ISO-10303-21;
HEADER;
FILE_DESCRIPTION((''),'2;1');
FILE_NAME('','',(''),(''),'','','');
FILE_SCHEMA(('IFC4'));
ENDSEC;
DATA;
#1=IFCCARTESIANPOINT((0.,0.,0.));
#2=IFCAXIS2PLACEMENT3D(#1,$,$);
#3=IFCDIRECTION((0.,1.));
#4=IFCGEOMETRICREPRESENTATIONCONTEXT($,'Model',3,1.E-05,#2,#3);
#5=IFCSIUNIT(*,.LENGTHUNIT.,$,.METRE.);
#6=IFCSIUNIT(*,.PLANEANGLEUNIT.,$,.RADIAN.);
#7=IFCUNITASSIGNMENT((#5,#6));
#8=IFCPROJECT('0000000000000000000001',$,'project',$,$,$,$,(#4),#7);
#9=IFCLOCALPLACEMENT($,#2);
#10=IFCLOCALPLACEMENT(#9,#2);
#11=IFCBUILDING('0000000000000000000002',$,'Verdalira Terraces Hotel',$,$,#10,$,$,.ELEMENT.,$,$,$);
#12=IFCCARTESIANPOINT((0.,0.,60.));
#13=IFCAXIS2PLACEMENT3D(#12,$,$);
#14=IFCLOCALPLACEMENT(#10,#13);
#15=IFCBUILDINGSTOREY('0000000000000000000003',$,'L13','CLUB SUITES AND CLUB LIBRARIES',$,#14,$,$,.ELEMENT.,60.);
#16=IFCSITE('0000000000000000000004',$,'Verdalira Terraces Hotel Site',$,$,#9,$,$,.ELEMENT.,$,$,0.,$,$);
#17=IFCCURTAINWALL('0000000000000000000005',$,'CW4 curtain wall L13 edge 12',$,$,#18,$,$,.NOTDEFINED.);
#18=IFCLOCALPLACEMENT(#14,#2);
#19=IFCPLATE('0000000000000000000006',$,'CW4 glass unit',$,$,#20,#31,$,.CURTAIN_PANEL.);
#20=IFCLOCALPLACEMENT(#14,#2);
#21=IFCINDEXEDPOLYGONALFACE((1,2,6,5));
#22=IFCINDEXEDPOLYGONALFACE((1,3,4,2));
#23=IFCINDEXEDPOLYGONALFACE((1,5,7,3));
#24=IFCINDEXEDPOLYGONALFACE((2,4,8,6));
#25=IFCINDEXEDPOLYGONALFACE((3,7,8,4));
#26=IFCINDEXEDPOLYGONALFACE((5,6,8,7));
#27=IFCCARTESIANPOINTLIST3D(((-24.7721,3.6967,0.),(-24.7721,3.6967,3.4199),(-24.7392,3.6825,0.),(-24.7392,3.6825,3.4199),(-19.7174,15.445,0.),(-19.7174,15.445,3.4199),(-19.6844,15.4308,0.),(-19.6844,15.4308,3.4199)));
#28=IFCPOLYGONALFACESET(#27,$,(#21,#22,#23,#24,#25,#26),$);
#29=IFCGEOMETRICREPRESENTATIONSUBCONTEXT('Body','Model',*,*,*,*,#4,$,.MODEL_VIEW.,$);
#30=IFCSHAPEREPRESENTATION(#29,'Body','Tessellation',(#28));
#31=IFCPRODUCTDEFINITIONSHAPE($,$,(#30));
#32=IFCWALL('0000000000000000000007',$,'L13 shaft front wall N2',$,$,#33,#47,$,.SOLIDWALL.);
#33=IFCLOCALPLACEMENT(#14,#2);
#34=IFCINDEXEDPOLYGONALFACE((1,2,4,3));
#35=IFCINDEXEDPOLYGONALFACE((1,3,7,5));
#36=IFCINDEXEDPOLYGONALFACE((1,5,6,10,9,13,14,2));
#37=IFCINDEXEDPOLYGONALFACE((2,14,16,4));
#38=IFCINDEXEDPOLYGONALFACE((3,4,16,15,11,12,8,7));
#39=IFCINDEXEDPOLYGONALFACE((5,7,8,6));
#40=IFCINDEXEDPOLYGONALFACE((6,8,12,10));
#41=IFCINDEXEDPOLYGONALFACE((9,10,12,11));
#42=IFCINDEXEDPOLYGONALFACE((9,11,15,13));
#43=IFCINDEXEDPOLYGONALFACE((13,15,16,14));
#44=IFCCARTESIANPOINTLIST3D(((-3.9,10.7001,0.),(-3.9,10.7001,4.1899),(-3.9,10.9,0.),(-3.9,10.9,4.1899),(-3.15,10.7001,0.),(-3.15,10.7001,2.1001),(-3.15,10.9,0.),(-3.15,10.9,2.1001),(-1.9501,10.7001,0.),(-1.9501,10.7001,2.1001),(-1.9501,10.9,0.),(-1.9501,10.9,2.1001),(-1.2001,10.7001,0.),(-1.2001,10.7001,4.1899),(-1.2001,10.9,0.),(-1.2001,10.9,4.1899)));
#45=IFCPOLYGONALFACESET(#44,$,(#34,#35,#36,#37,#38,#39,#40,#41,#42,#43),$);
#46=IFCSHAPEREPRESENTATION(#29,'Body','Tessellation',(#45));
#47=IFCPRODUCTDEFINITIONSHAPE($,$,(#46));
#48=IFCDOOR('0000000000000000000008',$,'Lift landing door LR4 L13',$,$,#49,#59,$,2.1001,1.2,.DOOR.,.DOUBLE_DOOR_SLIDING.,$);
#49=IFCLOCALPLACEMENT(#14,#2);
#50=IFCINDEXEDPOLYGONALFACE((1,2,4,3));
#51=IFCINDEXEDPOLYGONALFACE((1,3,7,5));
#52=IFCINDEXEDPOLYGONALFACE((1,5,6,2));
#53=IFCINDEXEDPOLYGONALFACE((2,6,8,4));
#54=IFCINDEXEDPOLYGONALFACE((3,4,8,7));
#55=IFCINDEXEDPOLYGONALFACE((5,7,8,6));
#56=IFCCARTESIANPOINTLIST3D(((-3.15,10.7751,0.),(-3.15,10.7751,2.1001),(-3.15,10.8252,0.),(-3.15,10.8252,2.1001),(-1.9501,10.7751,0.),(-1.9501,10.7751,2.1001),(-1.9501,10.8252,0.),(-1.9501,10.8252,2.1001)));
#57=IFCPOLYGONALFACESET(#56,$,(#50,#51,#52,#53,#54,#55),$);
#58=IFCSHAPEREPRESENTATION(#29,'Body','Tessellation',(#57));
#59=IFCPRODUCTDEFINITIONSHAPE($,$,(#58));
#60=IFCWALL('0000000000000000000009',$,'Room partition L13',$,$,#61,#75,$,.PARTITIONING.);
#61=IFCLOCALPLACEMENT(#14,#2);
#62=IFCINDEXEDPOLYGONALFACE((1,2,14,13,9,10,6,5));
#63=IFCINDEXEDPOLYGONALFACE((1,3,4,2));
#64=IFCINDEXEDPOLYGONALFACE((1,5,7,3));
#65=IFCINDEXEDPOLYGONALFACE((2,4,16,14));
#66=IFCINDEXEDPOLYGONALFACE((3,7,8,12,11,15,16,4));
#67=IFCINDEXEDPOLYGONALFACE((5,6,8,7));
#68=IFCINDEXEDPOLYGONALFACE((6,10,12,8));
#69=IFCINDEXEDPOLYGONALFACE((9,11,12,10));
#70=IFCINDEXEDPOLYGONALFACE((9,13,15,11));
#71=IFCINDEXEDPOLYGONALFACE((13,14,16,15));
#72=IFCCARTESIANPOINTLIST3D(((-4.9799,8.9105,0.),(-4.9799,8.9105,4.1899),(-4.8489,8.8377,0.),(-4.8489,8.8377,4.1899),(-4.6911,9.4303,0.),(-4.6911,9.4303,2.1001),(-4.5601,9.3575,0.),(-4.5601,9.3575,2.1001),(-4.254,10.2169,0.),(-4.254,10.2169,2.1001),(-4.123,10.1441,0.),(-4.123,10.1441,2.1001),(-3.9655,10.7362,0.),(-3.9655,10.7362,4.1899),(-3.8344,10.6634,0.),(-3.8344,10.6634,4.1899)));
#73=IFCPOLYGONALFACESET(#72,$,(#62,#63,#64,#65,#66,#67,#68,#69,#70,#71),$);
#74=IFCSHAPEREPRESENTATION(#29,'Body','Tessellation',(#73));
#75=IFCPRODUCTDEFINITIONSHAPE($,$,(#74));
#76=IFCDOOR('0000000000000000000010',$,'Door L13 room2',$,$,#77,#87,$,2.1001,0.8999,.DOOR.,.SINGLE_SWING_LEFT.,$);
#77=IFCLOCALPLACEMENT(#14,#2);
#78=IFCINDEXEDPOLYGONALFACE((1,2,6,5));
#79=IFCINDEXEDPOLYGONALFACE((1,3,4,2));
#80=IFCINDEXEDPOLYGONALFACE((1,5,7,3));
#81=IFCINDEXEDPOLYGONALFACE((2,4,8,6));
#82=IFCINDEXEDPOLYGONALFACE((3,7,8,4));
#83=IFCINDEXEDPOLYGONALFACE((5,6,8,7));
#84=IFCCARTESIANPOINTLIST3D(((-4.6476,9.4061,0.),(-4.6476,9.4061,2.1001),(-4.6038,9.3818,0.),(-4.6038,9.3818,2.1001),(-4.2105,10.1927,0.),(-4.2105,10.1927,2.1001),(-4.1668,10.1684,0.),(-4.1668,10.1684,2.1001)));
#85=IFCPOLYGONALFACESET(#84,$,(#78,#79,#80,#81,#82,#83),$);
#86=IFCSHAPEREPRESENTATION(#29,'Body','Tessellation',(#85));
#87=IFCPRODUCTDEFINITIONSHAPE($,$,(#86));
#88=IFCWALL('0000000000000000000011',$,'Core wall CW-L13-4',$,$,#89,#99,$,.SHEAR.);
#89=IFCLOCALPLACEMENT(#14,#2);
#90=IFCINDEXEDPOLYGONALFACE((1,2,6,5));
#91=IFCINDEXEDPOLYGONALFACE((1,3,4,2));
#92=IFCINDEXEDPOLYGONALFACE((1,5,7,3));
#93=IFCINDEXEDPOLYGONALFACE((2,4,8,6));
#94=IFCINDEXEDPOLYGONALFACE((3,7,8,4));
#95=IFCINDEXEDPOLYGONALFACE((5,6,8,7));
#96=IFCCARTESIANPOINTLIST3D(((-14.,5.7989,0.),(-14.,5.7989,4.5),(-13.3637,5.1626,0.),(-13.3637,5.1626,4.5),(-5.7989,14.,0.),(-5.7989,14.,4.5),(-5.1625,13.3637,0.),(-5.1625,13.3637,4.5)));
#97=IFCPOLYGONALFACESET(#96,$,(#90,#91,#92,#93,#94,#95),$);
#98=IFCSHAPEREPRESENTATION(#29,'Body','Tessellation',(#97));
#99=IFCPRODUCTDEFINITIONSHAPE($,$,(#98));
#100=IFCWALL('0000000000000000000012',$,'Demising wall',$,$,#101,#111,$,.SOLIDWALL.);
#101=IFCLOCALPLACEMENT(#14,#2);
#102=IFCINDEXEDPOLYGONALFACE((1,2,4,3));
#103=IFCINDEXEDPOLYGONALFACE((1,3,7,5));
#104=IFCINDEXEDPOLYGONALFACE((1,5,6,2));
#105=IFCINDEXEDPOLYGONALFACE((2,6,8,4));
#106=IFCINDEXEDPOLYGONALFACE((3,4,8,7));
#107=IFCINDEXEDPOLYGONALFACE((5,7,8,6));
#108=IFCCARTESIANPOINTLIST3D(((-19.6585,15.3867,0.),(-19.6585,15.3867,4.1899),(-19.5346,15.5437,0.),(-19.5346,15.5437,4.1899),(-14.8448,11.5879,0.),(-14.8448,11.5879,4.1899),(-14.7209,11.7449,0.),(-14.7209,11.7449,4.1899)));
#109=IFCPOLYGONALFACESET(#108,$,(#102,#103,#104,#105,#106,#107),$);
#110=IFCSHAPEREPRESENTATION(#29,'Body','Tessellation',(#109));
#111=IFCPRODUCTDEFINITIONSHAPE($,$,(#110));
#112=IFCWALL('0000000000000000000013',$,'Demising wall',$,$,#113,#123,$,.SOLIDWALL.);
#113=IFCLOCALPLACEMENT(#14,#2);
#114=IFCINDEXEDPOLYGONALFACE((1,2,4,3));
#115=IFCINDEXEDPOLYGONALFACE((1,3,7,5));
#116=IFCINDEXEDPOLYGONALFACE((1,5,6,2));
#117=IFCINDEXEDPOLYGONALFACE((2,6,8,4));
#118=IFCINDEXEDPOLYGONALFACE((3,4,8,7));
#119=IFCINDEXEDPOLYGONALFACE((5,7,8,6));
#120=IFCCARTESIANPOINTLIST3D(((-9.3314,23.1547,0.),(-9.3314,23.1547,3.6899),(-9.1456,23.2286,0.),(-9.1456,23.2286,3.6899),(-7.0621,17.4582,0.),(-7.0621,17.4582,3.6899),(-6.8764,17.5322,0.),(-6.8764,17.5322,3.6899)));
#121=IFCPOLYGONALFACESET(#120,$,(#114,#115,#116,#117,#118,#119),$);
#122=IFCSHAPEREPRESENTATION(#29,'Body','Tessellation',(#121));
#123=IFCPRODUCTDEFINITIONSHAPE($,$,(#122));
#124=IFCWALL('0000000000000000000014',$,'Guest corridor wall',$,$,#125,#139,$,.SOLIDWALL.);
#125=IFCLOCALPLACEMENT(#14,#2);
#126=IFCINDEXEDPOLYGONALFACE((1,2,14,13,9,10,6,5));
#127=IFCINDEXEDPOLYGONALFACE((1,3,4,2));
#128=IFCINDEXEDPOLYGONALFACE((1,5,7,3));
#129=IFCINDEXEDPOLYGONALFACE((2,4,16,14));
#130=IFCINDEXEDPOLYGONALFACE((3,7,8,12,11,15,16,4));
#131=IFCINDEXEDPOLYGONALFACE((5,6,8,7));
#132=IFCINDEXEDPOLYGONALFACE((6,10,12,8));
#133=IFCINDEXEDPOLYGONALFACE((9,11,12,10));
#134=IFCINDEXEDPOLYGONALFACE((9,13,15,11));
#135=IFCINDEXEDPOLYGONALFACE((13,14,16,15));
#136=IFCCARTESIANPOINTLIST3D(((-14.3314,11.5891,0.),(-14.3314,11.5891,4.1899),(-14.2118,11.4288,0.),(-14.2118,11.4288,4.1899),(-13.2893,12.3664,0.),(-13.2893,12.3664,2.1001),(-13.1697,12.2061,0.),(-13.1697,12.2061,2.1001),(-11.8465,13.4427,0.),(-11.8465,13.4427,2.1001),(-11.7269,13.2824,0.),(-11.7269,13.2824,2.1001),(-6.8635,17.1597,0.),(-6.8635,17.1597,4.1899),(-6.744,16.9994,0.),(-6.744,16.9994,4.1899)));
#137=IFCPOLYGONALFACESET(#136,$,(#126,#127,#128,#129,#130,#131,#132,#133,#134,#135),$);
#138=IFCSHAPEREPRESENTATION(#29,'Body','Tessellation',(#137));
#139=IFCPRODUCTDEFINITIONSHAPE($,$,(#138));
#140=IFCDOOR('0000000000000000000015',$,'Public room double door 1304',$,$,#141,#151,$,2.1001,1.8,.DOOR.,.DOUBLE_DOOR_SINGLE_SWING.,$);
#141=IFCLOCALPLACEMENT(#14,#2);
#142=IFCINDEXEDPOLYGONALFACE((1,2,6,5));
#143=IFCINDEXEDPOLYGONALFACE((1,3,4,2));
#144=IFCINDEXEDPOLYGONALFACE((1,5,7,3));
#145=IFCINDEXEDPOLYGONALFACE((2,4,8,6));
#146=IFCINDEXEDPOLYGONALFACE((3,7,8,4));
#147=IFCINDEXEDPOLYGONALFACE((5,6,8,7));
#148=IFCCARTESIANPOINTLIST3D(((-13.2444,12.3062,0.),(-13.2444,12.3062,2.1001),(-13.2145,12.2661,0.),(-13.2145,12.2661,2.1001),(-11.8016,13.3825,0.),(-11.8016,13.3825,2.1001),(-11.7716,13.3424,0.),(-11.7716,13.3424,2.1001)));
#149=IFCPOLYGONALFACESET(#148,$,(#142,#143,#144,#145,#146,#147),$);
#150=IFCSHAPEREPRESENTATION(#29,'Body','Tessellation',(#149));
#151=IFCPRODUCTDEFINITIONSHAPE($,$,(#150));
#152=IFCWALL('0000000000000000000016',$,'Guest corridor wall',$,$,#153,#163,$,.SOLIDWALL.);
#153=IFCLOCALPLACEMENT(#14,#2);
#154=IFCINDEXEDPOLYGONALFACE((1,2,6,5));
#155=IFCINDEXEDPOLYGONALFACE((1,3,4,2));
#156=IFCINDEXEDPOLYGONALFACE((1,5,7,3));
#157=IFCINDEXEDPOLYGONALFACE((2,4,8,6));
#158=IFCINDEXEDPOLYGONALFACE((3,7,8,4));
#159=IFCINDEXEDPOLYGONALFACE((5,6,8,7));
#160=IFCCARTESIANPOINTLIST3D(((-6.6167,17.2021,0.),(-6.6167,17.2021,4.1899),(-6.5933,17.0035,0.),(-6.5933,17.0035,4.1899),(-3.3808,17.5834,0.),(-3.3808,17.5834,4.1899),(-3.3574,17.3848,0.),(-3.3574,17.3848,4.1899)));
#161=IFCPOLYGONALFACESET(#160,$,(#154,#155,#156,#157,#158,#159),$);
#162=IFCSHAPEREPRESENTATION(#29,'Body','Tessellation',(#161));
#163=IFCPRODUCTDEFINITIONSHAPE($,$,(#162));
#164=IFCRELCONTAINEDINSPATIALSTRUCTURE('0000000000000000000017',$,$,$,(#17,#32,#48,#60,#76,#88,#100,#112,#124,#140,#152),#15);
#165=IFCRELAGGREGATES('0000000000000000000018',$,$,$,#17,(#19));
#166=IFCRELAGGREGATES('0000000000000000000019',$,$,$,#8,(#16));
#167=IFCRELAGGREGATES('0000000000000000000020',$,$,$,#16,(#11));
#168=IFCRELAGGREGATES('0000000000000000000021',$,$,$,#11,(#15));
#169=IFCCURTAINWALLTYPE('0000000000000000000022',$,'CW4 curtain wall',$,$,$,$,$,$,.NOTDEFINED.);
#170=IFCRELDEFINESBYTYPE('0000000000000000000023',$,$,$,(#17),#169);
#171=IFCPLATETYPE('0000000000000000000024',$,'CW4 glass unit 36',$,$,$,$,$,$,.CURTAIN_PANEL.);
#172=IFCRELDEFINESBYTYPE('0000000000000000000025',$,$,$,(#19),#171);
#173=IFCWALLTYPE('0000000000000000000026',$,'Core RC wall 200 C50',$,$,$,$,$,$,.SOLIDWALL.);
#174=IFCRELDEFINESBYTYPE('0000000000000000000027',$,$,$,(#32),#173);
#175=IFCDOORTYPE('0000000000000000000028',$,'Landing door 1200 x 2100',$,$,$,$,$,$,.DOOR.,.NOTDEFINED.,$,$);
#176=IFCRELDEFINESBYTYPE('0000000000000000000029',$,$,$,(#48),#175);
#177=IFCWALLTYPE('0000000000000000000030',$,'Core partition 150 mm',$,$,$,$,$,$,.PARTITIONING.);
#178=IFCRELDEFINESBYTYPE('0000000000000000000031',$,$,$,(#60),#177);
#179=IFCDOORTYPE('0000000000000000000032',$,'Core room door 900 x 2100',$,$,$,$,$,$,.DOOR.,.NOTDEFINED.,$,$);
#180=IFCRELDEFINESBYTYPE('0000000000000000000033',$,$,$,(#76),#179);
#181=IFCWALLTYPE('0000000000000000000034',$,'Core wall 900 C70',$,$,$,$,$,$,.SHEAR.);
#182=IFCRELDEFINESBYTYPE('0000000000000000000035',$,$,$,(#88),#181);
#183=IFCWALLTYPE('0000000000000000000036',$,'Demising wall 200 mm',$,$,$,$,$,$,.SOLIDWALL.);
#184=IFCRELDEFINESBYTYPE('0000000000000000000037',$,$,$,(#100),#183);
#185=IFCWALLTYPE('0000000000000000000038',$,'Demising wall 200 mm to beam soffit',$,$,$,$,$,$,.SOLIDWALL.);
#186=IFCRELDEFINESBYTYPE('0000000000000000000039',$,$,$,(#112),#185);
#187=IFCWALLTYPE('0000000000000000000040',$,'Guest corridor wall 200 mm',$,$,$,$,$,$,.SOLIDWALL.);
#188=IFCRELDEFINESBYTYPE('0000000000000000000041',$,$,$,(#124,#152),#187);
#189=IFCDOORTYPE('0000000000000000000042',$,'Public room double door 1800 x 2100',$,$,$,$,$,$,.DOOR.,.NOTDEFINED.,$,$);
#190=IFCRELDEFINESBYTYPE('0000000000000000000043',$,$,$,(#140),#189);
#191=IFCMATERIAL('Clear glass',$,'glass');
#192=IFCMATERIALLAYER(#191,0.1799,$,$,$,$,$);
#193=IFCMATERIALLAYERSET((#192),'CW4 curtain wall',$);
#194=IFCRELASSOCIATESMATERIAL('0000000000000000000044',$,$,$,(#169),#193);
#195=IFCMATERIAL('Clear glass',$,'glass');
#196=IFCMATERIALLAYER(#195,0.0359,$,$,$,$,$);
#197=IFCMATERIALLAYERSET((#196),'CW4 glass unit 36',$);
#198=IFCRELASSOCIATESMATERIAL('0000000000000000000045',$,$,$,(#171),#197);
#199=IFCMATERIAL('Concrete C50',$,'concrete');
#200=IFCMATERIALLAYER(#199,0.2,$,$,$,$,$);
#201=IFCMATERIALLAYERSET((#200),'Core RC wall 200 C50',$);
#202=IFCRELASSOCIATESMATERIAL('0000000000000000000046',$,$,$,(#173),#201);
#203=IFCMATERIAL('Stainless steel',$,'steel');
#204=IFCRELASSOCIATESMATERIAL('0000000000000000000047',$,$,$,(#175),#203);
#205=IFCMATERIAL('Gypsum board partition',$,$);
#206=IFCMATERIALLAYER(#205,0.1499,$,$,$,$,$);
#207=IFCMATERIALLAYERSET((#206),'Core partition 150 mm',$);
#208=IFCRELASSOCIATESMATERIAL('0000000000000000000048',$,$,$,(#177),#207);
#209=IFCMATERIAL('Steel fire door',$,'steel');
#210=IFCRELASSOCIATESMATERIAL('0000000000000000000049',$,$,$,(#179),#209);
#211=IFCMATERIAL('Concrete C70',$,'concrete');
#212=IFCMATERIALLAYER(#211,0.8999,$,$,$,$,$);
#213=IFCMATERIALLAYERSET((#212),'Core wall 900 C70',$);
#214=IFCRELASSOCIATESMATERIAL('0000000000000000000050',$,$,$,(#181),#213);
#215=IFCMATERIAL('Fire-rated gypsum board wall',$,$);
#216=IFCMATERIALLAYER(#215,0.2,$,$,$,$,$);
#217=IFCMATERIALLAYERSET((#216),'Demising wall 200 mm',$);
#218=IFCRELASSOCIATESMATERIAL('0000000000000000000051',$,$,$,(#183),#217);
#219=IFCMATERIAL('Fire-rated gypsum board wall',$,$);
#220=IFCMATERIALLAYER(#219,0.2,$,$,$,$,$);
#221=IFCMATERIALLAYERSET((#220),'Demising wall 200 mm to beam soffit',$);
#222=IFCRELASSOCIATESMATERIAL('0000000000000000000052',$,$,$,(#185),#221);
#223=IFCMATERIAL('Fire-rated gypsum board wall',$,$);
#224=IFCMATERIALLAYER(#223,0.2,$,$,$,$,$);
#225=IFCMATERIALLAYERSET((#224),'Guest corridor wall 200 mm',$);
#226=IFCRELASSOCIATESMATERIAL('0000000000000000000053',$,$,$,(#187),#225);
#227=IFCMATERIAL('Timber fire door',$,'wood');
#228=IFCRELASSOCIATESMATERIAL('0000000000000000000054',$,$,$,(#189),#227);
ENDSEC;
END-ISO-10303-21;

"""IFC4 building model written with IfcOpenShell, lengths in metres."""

from ifc_helpers import new_model, si_unit, direction, frame, frame_2d, origin, origin_2d, place, context, subcontext, project, spatial, rectangle, extrude, material, layer, layer_set, type_object, element, fill, aggregate, save


model = new_model("IFC4")

# Units and contexts
model_context = context("Model", 3, precision=1e-05, world=origin(), true_north=direction((0.0, 1.0)))
body_context = subcontext(model_context, "Body", "Model", "MODEL_VIEW")
ifc_project = project(units=[si_unit("LENGTHUNIT", "METRE"), si_unit("PLANEANGLEUNIT", "RADIAN")], contexts=[model_context])

# Site, building, storey
site_placement = place(None, origin())
site = spatial("IfcSite", under=ifc_project, at=site_placement, Name="Verdalira Terraces Hotel Site", CompositionType="ELEMENT", RefElevation=0.0)
building_placement = place(site_placement, origin())
building = spatial("IfcBuilding", under=site, at=building_placement, Name="Verdalira Terraces Hotel", CompositionType="ELEMENT")
storey_placement = place(building_placement, frame((0.0, 0.0, 60.0)))
storey = spatial("IfcBuildingStorey", under=building, at=storey_placement, Name="L13", Description="CLUB SUITES AND CLUB LIBRARIES", CompositionType="ELEMENT", Elevation=60.0)

# Shared definitions
ifc_material_1 = material(Name="Clear glass", Category="glass")
ifc_layer_1 = layer(ifc_material_1, 0.1799)
ifc_layer_set_1 = layer_set([ifc_layer_1], Name="CW4 curtain wall")
curtain_wall_type = type_object("IfcCurtainWallType", Name="CW4 curtain wall", PredefinedType="NOTDEFINED", material=ifc_layer_set_1)

# Curtain wall
curtain_wall_1_placement = place(storey_placement, origin())
curtain_wall_1 = element("IfcCurtainWall", 1, at=curtain_wall_1_placement, inside=storey, type_object=curtain_wall_type, Name="CW4 curtain wall L13 edge 12", PredefinedType="NOTDEFINED")

# Plate
ifc_material_2 = material(Name="Clear glass", Category="glass")
ifc_layer_2 = layer(ifc_material_2, 0.0359)
ifc_layer_set_2 = layer_set([ifc_layer_2], Name="CW4 glass unit 36")
plate_type = type_object("IfcPlateType", Name="CW4 glass unit 36", PredefinedType="CURTAIN_PANEL", material=ifc_layer_set_2)
plate_1_placement = place(storey_placement, frame((-22.2283, 9.5637, 0.0), z_axis=(0.0, 0.0, 1.0), x_axis=(-0.395225, -0.918584, 0.0)))
plate_1 = element("IfcPlate", 2, at=plate_1_placement, type_object=plate_type, Name="CW4 glass unit", PredefinedType="CURTAIN_PANEL", context=body_context, shape_type="SweptSolid", body=[
    extrude(rectangle(XDim=12.7896, YDim=0.0359, at=origin_2d()), origin(), (0.0, 0.0, 1.0), 3.4199),
])
aggregate(curtain_wall_1, [plate_1])

# Walls, openings, doors
ifc_material_3 = material(Name="Concrete C50", Category="concrete")
ifc_layer_3 = layer(ifc_material_3, 0.2)
ifc_layer_set_3 = layer_set([ifc_layer_3], Name="Core RC wall 200 C50")
wall_type_1 = type_object("IfcWallType", Name="Core RC wall 200 C50", PredefinedType="SOLIDWALL", material=ifc_layer_set_3)
wall_1_placement = place(storey_placement, frame((-1.2, 10.8, 0.0), z_axis=(0.0, 0.0, 1.0), x_axis=(-1.0, 0.0, 0.0)))
wall_1 = element("IfcWall", 3, at=wall_1_placement, inside=storey, type_object=wall_type_1, Name="L13 shaft front wall N2", PredefinedType="SOLIDWALL", context=body_context, shape_type="SweptSolid", body=[
    extrude(rectangle(XDim=2.7, YDim=0.2, at=frame_2d((1.3501, 0.0))), origin(), (0.0, 0.0, 1.0), 4.1899),
])
opening_1_placement = place(wall_1_placement, frame((0.75, 0.0, 0.0)))
opening_1 = element("IfcOpeningElement", 4, at=opening_1_placement, cuts=wall_1, PredefinedType="OPENING", context=body_context, shape_type="SweptSolid", body=[
    extrude(rectangle(XDim=1.2, YDim=2.1001, at=frame_2d((0.6001, 1.05))), frame((0.0, 0.1099, 0.0), z_axis=(0.0, -1.0, 0.0), x_axis=(1.0, 0.0, 0.0)), (0.0, 0.0, 1.0), 0.22),
])
ifc_material_4 = material(Name="Stainless steel", Category="steel")
door_type_1 = type_object("IfcDoorType", Name="Landing door 1200 x 2100", OperationType="NOTDEFINED", PredefinedType="DOOR", material=ifc_material_4)
door_1_placement = place(opening_1_placement, origin())
door_1 = element("IfcDoor", 5, at=door_1_placement, inside=storey, type_object=door_type_1, Name="Lift landing door LR4 L13", OperationType="DOUBLE_DOOR_SLIDING", OverallHeight=2.1001, OverallWidth=1.2, PredefinedType="DOOR", context=body_context, shape_type="SweptSolid", body=[
    extrude(rectangle(XDim=1.2, YDim=2.1001, at=frame_2d((0.6001, 1.05))), frame((0.0, 0.0249, 0.0), z_axis=(0.0, -1.0, 0.0), x_axis=(1.0, 0.0, 0.0)), (0.0, 0.0, 1.0), 0.05),
])
fill(opening_1, door_1)
ifc_material_5 = material(Name="Gypsum board partition")
ifc_layer_4 = layer(ifc_material_5, 0.1499)
ifc_layer_set_4 = layer_set([ifc_layer_4], Name="Core partition 150 mm")
wall_type_2 = type_object("IfcWallType", Name="Core partition 150 mm", PredefinedType="PARTITIONING", material=ifc_layer_set_4)
wall_2_placement = place(storey_placement, frame((-3.8999, 10.7, 0.0), z_axis=(0.0, 0.0, 1.0), x_axis=(-0.485693, -0.87413, 0.0)))
wall_2 = element("IfcWall", 6, at=wall_2_placement, inside=storey, type_object=wall_type_2, Name="Room partition L13", PredefinedType="PARTITIONING", context=body_context, shape_type="SweptSolid", body=[
    extrude(rectangle(XDim=2.0886, YDim=0.1499, at=frame_2d((1.0444, 0.0))), origin(), (0.0, 0.0, 1.0), 4.1899),
])
opening_2_placement = place(wall_2_placement, frame((0.5942, 0.0, 0.0)))
opening_2 = element("IfcOpeningElement", 7, at=opening_2_placement, cuts=wall_2, PredefinedType="OPENING", context=body_context, shape_type="SweptSolid", body=[
    extrude(rectangle(XDim=0.8999, YDim=2.1001, at=frame_2d((0.45, 1.05))), frame((0.0, 0.085, 0.0), z_axis=(0.0, -1.0, 0.0), x_axis=(1.0, 0.0, 0.0)), (0.0, 0.0, 1.0), 0.1699),
])
ifc_material_6 = material(Name="Steel fire door", Category="steel")
door_type_2 = type_object("IfcDoorType", Name="Core room door 900 x 2100", OperationType="NOTDEFINED", PredefinedType="DOOR", material=ifc_material_6)
door_2_placement = place(opening_2_placement, origin())
door_2 = element("IfcDoor", 8, at=door_2_placement, inside=storey, type_object=door_type_2, Name="Door L13 room2", OperationType="SINGLE_SWING_LEFT", OverallHeight=2.1001, OverallWidth=0.8999, PredefinedType="DOOR", context=body_context, shape_type="SweptSolid", body=[
    extrude(rectangle(XDim=0.8999, YDim=2.1001, at=frame_2d((0.45, 1.05))), frame((0.0, 0.0249, 0.0), z_axis=(0.0, -1.0, 0.0), x_axis=(1.0, 0.0, 0.0)), (0.0, 0.0, 1.0), 0.05),
])
fill(opening_2, door_2)

# Walls
ifc_material_7 = material(Name="Concrete C70", Category="concrete")
ifc_layer_5 = layer(ifc_material_7, 0.8999)
ifc_layer_set_5 = layer_set([ifc_layer_5], Name="Core wall 900 C70")
wall_type_3 = type_object("IfcWallType", Name="Core wall 900 C70", PredefinedType="SHEAR", material=ifc_layer_set_5)
wall_3_placement = place(storey_placement, frame((-5.4807, 13.6819, 0.0), z_axis=(0.0, 0.0, 1.0), x_axis=(-0.707107, -0.707107, 0.0)))
element("IfcWall", 9, at=wall_3_placement, inside=storey, type_object=wall_type_3, Name="Core wall CW-L13-4", PredefinedType="SHEAR", context=body_context, shape_type="SweptSolid", body=[
    extrude(rectangle(XDim=11.5981, YDim=0.8999, at=frame_2d((5.7991, 0.0))), origin(), (0.0, 0.0, 1.0), 4.5),
])
ifc_material_8 = material(Name="Fire-rated gypsum board wall")
ifc_layer_6 = layer(ifc_material_8, 0.2)
ifc_layer_set_6 = layer_set([ifc_layer_6], Name="Demising wall 200 mm")
wall_type_4 = type_object("IfcWallType", Name="Demising wall 200 mm", PredefinedType="SOLIDWALL", material=ifc_layer_set_6)
wall_4_placement = place(storey_placement, frame((-14.783, 11.6665, 0.0), z_axis=(0.0, 0.0, 1.0), x_axis=(-0.785, 0.619496, 0.0)))
element("IfcWall", 10, at=wall_4_placement, inside=storey, type_object=wall_type_4, Name="Demising wall", PredefinedType="SOLIDWALL", context=body_context, shape_type="SweptSolid", body=[
    extrude(rectangle(XDim=6.1321, YDim=0.2, at=frame_2d((3.0659, 0.0))), origin(), (0.0, 0.0, 1.0), 4.1899),
])
ifc_material_9 = material(Name="Fire-rated gypsum board wall")
ifc_layer_7 = layer(ifc_material_9, 0.2)
ifc_layer_set_7 = layer_set([ifc_layer_7], Name="Demising wall 200 mm to beam soffit")
wall_type_5 = type_object("IfcWallType", Name="Demising wall 200 mm to beam soffit", PredefinedType="SOLIDWALL", material=ifc_layer_set_7)
wall_5_placement = place(storey_placement, frame((-9.2385, 23.1916, 0.0), z_axis=(0.0, 0.0, 1.0), x_axis=(0.370079, -0.929, 0.0)))
element("IfcWall", 11, at=wall_5_placement, inside=storey, type_object=wall_type_5, Name="Demising wall", PredefinedType="SOLIDWALL", context=body_context, shape_type="SweptSolid", body=[
    extrude(rectangle(XDim=6.1318, YDim=0.2, at=frame_2d((3.0659, 0.0))), origin(), (0.0, 0.0, 1.0), 3.6899),
])

# Wall, opening, door
ifc_material_10 = material(Name="Fire-rated gypsum board wall")
ifc_layer_8 = layer(ifc_material_10, 0.2)
ifc_layer_set_8 = layer_set([ifc_layer_8], Name="Guest corridor wall 200 mm")
wall_type_6 = type_object("IfcWallType", Name="Guest corridor wall 200 mm", PredefinedType="SOLIDWALL", material=ifc_layer_set_8)
wall_6_placement = place(storey_placement, frame((-14.2715, 11.509, 0.0), z_axis=(0.0, 0.0, 1.0), x_axis=(0.801557, 0.597918, 0.0)))
wall_6 = element("IfcWall", 12, at=wall_6_placement, inside=storey, type_object=wall_type_6, Name="Guest corridor wall", PredefinedType="SOLIDWALL", context=body_context, shape_type="SweptSolid", body=[
    extrude(rectangle(XDim=9.3166, YDim=0.2, at=frame_2d((4.6582, 0.0))), origin(), (0.0, 0.0, 1.0), 4.1899),
])
opening_3_placement = place(wall_6_placement, frame((1.3, 0.0, 0.0)))
opening_3 = element("IfcOpeningElement", 13, at=opening_3_placement, cuts=wall_6, PredefinedType="OPENING", context=body_context, shape_type="SweptSolid", body=[
    extrude(rectangle(XDim=1.8, YDim=2.1001, at=frame_2d((0.8999, 1.05))), frame((0.0, 0.1099, 0.0), z_axis=(0.0, -1.0, 0.0), x_axis=(1.0, 0.0, 0.0)), (0.0, 0.0, 1.0), 0.22),
])
ifc_material_11 = material(Name="Timber fire door", Category="wood")
door_type_3 = type_object("IfcDoorType", Name="Public room double door 1800 x 2100", OperationType="NOTDEFINED", PredefinedType="DOOR", material=ifc_material_11)
door_3_placement = place(opening_3_placement, origin())
door_3 = element("IfcDoor", 14, at=door_3_placement, inside=storey, type_object=door_type_3, Name="Public room double door 1304", OperationType="DOUBLE_DOOR_SINGLE_SWING", OverallHeight=2.1001, OverallWidth=1.8, PredefinedType="DOOR", context=body_context, shape_type="SweptSolid", body=[
    extrude(rectangle(XDim=1.8, YDim=2.1001, at=frame_2d((0.8999, 1.05))), frame((0.0, 0.0249, 0.0), z_axis=(0.0, -1.0, 0.0), x_axis=(1.0, 0.0, 0.0)), (0.0, 0.0, 1.0), 0.05),
])
fill(opening_3, door_3)

# Wall
wall_7_placement = place(storey_placement, frame((-3.3691, 17.4841, 0.0), z_axis=(0.0, 0.0, 1.0), x_axis=(-0.993127, -0.117041, 0.0)))
element("IfcWall", 15, at=wall_7_placement, inside=storey, type_object=wall_type_6, Name="Guest corridor wall", PredefinedType="SOLIDWALL", context=body_context, shape_type="SweptSolid", body=[
    extrude(rectangle(XDim=3.2583, YDim=0.2, at=frame_2d((1.6292, 0.0))), origin(), (0.0, 0.0, 1.0), 4.1899),
])

save(model, "model.ifc")
